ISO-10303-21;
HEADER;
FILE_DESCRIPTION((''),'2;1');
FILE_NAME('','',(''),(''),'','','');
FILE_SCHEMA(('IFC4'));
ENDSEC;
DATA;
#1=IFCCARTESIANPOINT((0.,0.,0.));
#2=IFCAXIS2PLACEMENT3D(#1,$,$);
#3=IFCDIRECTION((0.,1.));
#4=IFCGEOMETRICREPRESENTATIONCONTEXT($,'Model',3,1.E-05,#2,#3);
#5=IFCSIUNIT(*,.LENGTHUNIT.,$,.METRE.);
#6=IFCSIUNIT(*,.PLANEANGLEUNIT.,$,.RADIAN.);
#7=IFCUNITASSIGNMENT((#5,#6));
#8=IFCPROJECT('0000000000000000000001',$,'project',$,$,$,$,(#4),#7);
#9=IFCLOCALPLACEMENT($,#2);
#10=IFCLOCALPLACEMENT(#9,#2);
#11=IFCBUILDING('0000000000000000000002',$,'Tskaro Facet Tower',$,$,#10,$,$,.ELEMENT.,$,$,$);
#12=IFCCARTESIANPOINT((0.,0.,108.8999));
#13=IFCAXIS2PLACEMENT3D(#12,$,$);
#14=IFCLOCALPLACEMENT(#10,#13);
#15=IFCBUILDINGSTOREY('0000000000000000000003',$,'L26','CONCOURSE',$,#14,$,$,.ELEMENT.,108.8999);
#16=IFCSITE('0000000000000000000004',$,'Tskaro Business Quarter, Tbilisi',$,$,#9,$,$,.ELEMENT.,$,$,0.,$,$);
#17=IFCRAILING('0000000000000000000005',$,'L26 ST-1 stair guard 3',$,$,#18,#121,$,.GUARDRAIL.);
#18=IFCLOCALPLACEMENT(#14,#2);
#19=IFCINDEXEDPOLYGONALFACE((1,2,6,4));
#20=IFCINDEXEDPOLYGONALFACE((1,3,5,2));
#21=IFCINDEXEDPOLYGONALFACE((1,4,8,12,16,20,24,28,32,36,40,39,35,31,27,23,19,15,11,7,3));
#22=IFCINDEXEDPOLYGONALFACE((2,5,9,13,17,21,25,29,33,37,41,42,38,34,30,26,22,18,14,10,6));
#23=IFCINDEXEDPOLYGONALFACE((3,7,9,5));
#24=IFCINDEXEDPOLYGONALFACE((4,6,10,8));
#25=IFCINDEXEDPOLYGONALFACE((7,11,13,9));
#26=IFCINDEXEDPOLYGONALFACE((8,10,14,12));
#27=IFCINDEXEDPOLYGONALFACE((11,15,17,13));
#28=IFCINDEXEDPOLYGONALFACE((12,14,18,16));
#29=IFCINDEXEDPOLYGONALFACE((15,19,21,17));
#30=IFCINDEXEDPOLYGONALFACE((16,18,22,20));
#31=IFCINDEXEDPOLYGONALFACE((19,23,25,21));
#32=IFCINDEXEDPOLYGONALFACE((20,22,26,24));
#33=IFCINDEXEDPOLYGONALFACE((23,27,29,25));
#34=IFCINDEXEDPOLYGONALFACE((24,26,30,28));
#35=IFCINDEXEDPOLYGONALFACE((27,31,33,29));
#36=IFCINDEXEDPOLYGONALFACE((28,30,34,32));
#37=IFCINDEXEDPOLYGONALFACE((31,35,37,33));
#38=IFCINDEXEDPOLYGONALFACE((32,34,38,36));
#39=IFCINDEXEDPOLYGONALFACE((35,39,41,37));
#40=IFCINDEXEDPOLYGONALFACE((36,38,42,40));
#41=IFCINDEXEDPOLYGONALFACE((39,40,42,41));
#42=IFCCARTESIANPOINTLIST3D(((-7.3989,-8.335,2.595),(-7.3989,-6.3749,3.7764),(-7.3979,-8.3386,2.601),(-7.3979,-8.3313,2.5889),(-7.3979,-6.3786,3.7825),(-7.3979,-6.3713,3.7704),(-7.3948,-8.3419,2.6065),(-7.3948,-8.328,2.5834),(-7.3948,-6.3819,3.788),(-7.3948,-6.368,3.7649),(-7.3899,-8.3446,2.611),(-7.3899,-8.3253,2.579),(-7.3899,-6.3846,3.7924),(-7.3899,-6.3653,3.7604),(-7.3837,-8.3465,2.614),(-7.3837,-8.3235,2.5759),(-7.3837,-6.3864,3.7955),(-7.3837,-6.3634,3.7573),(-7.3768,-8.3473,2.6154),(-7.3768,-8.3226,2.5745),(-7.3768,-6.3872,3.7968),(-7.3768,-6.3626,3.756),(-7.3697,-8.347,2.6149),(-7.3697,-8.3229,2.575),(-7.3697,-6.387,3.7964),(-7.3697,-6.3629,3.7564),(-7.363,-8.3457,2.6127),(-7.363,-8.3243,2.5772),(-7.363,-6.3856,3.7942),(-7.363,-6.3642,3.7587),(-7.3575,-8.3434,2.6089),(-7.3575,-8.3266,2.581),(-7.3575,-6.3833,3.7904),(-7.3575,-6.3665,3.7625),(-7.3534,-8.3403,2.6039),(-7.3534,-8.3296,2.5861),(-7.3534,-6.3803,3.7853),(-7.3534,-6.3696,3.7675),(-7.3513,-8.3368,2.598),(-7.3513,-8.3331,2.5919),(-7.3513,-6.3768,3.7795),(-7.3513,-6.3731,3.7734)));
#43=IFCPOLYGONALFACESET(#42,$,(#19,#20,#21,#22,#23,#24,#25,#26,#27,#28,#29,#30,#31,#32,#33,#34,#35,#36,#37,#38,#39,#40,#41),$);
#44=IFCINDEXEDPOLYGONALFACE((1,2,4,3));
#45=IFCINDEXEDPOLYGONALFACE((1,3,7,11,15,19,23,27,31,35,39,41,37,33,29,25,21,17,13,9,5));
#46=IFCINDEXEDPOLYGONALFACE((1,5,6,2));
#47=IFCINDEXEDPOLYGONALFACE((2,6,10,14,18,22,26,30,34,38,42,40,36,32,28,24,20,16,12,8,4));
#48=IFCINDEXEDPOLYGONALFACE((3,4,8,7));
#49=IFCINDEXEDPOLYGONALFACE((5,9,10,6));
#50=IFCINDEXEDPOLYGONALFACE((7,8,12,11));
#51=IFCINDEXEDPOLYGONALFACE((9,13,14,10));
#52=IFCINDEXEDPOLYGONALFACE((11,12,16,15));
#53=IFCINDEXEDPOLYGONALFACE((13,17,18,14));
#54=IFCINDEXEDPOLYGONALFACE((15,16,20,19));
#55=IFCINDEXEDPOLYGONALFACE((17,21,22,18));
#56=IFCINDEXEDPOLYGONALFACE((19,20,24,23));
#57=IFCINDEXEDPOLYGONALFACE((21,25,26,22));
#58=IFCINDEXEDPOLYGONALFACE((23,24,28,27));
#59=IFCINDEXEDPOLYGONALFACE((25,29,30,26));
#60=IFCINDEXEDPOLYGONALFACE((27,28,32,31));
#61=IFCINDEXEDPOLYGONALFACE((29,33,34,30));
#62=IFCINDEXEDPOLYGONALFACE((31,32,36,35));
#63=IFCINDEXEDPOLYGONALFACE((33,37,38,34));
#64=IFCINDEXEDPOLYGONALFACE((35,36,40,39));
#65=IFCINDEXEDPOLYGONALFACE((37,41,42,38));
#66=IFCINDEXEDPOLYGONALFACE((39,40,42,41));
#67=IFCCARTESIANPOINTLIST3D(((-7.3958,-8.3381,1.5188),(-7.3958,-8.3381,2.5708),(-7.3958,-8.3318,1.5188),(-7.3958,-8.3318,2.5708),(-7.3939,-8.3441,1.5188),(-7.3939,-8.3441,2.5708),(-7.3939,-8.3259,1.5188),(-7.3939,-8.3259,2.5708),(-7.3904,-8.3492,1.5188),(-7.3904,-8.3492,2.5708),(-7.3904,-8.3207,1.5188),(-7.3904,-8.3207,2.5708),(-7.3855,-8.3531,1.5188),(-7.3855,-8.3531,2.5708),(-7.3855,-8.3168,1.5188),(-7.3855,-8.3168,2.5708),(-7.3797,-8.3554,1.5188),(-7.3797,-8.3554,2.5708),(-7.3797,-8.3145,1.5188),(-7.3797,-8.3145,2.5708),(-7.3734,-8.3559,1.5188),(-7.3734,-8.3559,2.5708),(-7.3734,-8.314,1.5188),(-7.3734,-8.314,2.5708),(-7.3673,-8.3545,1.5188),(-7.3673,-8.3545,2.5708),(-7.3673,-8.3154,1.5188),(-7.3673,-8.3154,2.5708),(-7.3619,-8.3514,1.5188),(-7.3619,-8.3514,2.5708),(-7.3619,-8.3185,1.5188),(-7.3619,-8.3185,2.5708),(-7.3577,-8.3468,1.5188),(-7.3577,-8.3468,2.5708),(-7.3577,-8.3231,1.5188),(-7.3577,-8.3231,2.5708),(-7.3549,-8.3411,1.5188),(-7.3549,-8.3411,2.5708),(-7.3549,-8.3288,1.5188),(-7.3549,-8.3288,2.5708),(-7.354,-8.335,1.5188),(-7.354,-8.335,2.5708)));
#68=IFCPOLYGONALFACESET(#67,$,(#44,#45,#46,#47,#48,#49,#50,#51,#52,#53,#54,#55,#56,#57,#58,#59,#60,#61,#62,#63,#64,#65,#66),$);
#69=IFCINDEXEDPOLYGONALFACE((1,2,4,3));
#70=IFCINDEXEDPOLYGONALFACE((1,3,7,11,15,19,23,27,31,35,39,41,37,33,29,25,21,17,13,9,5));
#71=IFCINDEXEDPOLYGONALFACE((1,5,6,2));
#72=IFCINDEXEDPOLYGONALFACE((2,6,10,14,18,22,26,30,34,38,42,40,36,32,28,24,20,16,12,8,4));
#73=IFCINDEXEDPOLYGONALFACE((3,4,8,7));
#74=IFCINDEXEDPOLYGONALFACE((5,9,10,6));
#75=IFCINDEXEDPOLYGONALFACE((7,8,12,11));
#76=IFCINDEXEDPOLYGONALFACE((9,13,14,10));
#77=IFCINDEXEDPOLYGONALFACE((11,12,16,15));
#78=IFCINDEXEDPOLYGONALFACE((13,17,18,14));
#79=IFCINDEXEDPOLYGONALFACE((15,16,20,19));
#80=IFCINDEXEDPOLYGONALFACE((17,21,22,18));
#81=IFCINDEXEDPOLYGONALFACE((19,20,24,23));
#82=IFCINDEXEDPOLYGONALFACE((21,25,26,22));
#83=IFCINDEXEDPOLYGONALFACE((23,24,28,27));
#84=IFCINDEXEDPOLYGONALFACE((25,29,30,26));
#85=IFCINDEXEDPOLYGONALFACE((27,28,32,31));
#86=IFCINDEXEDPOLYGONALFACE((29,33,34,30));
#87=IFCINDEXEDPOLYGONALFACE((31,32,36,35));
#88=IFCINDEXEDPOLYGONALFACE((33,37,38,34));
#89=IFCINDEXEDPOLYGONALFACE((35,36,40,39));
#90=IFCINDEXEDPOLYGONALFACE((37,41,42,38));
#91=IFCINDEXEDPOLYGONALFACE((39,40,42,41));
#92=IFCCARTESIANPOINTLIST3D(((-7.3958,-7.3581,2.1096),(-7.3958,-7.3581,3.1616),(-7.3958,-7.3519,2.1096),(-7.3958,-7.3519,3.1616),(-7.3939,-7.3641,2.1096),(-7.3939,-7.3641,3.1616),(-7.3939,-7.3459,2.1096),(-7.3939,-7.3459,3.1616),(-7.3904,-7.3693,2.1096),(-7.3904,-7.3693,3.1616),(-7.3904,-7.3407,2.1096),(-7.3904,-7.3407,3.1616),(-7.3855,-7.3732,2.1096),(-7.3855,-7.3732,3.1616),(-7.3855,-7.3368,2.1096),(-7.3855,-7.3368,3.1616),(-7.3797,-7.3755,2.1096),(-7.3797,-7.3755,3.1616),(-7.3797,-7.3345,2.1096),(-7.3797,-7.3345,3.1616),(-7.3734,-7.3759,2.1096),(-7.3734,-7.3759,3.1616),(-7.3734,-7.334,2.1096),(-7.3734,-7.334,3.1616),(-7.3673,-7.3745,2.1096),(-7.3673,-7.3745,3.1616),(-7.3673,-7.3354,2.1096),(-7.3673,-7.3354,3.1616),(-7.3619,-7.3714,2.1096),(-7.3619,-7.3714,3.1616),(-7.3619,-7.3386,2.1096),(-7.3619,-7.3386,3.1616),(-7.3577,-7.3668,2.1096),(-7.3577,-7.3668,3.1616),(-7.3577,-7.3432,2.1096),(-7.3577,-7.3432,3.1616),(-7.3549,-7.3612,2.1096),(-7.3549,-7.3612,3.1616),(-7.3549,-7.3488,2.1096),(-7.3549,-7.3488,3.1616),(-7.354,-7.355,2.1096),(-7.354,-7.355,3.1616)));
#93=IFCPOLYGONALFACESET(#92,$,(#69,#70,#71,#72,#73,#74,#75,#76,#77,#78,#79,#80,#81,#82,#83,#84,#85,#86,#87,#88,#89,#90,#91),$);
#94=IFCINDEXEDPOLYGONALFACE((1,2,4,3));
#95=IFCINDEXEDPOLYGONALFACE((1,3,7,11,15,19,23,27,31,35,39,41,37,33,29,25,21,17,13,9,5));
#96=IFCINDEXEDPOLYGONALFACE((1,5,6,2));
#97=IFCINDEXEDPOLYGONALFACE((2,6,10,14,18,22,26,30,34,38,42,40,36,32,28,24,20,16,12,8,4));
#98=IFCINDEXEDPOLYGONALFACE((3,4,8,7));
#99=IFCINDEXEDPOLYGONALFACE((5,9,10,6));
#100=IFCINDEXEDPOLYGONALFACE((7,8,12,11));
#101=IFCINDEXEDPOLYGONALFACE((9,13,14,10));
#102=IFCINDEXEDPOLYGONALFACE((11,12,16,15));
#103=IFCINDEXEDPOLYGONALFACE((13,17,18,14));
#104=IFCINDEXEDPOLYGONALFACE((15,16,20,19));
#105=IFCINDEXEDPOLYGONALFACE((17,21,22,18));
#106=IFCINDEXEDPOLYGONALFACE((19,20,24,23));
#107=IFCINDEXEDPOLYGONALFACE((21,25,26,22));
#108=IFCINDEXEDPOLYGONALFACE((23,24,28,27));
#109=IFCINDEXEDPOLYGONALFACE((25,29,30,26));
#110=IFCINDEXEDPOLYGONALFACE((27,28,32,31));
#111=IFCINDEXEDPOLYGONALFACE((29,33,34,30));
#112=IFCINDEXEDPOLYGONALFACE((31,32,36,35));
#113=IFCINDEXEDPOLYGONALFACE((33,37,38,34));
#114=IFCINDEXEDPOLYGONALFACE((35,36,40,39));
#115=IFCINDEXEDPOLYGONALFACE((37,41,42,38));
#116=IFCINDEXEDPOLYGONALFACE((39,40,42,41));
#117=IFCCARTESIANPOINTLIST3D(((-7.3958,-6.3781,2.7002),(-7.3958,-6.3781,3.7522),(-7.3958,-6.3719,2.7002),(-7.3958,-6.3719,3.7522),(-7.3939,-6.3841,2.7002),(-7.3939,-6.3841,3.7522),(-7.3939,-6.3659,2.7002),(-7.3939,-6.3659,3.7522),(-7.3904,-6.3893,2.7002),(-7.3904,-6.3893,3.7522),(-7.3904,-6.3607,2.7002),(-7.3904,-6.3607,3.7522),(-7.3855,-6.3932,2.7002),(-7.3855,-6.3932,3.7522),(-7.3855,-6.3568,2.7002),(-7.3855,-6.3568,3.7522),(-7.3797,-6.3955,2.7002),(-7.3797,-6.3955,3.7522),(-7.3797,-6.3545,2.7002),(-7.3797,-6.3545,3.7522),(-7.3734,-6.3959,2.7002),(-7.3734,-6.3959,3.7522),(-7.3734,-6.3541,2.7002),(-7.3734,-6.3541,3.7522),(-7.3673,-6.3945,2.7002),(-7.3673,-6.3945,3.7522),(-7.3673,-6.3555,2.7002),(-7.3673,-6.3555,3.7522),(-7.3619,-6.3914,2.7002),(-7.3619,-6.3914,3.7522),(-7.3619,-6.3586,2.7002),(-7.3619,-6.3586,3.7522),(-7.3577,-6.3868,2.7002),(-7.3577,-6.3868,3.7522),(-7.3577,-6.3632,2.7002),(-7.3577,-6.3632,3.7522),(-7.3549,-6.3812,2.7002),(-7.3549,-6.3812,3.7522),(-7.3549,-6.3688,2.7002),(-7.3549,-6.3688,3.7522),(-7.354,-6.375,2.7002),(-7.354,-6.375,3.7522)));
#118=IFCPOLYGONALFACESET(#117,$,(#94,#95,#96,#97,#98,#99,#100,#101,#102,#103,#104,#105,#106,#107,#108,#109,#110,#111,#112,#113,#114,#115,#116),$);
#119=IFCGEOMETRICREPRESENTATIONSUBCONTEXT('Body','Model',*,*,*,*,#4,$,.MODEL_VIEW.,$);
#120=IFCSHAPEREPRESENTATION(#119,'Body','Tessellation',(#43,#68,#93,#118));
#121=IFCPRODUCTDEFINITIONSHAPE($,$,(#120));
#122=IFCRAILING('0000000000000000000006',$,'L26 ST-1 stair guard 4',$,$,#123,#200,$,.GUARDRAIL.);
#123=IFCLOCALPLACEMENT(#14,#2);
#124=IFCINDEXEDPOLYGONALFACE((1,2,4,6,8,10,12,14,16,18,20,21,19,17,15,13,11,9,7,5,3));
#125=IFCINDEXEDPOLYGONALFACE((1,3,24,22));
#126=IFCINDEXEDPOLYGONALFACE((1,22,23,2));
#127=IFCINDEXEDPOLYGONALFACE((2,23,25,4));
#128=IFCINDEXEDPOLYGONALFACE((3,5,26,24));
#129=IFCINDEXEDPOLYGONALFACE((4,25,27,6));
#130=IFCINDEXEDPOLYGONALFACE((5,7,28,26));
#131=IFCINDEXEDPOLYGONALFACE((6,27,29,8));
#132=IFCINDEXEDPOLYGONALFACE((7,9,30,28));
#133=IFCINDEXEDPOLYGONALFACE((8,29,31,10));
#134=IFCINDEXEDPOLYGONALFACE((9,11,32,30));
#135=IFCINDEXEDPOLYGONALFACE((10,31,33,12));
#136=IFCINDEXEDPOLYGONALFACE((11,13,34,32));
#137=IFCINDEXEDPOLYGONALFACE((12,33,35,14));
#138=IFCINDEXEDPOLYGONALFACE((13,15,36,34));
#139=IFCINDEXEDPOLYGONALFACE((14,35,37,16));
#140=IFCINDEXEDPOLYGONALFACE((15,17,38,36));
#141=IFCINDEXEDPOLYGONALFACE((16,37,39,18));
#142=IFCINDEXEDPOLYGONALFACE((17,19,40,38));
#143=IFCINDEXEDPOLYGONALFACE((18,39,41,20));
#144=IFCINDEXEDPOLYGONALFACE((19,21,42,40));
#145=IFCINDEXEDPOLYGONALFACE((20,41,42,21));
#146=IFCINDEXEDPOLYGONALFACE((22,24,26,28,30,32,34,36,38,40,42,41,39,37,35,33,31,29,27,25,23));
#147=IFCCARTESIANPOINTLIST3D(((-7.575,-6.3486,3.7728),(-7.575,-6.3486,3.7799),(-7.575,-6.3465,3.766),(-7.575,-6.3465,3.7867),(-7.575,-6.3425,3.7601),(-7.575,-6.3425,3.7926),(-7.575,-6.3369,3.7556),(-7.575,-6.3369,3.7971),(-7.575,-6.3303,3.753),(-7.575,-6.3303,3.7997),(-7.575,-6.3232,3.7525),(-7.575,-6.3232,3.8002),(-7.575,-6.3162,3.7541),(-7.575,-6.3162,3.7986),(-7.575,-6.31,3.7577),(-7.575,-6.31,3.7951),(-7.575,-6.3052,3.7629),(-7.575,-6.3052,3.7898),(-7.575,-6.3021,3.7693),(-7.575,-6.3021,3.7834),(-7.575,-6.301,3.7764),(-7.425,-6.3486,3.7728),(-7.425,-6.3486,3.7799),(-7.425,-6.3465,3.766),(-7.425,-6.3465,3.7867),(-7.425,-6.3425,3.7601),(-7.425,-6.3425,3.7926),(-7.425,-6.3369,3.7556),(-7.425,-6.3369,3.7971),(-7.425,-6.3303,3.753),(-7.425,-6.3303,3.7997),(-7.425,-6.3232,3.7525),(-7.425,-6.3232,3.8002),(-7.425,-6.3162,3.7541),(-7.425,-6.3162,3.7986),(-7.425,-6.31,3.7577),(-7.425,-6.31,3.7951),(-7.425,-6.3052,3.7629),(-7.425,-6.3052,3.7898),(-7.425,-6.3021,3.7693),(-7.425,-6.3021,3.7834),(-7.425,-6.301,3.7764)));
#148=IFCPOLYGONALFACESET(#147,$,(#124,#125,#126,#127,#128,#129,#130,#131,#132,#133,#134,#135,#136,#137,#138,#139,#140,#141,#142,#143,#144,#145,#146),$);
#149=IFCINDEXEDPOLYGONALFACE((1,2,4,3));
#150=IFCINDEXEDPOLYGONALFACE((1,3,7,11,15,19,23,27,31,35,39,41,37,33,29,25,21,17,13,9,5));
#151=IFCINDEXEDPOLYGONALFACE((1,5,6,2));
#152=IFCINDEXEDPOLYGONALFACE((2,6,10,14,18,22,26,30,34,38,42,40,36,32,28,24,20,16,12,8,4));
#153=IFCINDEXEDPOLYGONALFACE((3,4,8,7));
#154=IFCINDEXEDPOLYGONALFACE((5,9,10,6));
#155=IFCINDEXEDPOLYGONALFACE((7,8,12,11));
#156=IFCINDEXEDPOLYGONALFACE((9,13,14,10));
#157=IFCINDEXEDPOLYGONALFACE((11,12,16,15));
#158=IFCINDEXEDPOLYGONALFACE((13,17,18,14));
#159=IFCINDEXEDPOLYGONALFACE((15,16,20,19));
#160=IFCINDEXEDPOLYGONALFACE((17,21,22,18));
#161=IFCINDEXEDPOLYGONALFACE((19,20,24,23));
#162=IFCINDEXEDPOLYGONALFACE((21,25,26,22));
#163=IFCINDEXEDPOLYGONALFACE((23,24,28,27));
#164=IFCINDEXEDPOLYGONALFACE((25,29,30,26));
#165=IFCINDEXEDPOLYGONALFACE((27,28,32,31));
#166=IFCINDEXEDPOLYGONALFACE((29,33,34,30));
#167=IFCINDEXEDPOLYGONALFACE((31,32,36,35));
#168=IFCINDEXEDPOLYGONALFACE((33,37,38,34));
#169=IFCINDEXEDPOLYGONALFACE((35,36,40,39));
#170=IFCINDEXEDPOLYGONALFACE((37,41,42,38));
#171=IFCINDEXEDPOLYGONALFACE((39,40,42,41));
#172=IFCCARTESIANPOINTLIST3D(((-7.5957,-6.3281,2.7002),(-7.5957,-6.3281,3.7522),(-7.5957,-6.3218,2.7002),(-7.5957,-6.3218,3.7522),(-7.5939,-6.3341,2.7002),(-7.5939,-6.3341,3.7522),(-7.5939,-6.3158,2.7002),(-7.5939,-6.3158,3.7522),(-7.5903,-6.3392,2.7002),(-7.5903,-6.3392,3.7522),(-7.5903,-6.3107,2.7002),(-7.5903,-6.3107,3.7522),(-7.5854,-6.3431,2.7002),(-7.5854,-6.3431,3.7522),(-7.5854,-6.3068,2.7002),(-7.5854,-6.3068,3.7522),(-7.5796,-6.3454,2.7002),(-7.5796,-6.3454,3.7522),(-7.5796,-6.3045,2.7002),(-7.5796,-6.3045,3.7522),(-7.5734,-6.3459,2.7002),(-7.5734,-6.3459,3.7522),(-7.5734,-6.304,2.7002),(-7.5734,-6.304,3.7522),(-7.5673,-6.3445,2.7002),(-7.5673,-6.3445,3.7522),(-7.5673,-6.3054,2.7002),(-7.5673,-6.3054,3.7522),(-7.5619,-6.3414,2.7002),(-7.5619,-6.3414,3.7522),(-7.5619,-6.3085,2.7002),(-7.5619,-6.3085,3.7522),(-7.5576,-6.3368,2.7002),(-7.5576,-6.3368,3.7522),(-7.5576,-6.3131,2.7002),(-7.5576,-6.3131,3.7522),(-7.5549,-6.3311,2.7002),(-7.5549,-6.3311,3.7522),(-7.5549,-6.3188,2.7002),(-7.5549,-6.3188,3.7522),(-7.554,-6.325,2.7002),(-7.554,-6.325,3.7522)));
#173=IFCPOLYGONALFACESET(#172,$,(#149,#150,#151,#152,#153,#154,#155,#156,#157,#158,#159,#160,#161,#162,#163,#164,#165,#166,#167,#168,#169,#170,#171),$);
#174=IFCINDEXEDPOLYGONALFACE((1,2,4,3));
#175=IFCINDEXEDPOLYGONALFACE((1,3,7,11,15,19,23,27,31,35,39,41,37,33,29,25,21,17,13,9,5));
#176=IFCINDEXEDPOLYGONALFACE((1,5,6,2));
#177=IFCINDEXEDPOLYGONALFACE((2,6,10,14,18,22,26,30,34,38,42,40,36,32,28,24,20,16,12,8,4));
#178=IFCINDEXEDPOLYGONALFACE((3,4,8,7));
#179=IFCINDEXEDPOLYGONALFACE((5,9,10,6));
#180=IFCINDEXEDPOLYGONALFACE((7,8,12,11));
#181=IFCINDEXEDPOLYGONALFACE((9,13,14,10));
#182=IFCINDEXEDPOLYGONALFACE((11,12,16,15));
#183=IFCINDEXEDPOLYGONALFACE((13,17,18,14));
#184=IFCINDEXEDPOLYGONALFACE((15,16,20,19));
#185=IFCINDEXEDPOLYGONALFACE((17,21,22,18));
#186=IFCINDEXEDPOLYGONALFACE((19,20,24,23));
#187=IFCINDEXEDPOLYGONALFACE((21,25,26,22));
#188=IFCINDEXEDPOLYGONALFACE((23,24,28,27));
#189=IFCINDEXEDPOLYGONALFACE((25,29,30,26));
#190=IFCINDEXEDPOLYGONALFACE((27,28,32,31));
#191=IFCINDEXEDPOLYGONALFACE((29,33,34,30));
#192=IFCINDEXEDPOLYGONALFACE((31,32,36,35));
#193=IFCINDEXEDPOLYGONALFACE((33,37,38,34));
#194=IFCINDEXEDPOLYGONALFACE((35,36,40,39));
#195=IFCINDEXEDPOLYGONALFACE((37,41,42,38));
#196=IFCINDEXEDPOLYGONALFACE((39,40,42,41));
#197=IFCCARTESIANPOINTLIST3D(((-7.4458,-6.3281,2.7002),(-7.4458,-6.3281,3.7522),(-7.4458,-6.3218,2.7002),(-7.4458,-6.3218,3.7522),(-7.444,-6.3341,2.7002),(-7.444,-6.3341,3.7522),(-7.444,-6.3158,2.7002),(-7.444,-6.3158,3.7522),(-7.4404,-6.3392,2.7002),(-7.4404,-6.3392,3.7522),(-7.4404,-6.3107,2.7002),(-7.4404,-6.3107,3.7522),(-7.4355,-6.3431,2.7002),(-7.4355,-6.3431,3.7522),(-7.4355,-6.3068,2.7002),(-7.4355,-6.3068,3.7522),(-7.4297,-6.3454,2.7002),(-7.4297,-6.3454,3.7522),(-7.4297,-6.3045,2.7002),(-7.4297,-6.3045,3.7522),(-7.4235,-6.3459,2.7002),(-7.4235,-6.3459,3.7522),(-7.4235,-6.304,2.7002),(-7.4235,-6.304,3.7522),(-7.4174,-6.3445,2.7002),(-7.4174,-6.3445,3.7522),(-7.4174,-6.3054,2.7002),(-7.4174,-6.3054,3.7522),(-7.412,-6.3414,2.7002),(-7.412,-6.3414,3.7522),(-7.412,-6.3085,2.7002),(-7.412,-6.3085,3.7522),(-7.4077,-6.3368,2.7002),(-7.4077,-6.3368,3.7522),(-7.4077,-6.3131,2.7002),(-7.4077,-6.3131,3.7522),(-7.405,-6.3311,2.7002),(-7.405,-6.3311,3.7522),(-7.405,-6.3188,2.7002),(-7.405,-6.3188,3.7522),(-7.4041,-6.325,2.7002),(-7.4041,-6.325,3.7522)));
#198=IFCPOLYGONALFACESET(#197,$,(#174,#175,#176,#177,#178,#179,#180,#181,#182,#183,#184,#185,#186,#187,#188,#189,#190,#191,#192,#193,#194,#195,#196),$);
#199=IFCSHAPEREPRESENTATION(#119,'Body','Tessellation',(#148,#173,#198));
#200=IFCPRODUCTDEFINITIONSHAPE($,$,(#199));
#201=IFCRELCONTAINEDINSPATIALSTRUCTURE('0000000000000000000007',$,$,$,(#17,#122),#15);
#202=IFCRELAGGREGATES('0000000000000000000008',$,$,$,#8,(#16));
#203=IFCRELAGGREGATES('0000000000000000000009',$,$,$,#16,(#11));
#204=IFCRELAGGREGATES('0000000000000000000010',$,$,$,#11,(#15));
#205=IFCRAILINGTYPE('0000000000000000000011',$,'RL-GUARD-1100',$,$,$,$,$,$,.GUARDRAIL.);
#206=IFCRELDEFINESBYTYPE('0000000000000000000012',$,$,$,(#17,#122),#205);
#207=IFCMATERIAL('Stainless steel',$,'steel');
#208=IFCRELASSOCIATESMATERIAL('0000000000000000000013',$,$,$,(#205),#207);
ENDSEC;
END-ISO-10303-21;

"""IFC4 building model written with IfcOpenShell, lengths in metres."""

from ifc_helpers import new_model, si_unit, direction, frame, origin, origin_2d, place, context, subcontext, project, spatial, circle, extrude, material, type_object, element, save


model = new_model("IFC4")

# Units and contexts
model_context = context("Model", 3, precision=1e-05, world=origin(), true_north=direction((0.0, 1.0)))
body_context = subcontext(model_context, "Body", "Model", "MODEL_VIEW")
ifc_project = project(units=[si_unit("LENGTHUNIT", "METRE"), si_unit("PLANEANGLEUNIT", "RADIAN")], contexts=[model_context])

# Site, building, storey
site_placement = place(None, origin())
site = spatial("IfcSite", under=ifc_project, at=site_placement, Name="Tskaro Business Quarter, Tbilisi", CompositionType="ELEMENT", RefElevation=0.0)
building_placement = place(site_placement, origin())
building = spatial("IfcBuilding", under=site, at=building_placement, Name="Tskaro Facet Tower", CompositionType="ELEMENT")
storey_placement = place(building_placement, frame((0.0, 0.0, 108.8999)))
storey = spatial("IfcBuildingStorey", under=building, at=storey_placement, Name="L26", Description="CONCOURSE", CompositionType="ELEMENT", Elevation=108.8999)

# Shared definitions
ifc_material_1 = material(Name="Stainless steel", Category="steel")

# Railings
railing_type_1 = type_object("IfcRailingType", Name="RL-GUARD-1100", PredefinedType="GUARDRAIL", material=ifc_material_1)
railing_1_placement = place(storey_placement, frame((-7.375, -8.335, 1.5188)))
element("IfcRailing", 1, at=railing_1_placement, inside=storey, type_object=railing_type_1, Name="L26 ST-1 stair guard 3", PredefinedType="GUARDRAIL", context=body_context, shape_type="SweptSolid", body=[
    extrude(circle(Radius=0.0239, at=origin_2d()), frame((0.0, 0.0, 1.0762), z_axis=(0.0, 0.856446, 0.516236), x_axis=(-1.0, 0.0, 0.0)), (0.0, 0.0, 1.0), 2.2886),
    extrude(circle(Radius=0.021, at=origin_2d()), origin(), (0.0, 0.0, 1.0), 1.052),
    extrude(circle(Radius=0.021, at=origin_2d()), frame((0.0, 0.98, 0.5908)), (0.0, 0.0, 1.0), 1.052),
    extrude(circle(Radius=0.021, at=origin_2d()), frame((0.0, 1.96, 1.1814)), (0.0, 0.0, 1.0), 1.052),
])
railing_2_placement = place(storey_placement, frame((-7.575, -6.325, 2.7002)))
element("IfcRailing", 2, at=railing_2_placement, inside=storey, type_object=railing_type_1, Name="L26 ST-1 stair guard 4", PredefinedType="GUARDRAIL", context=body_context, shape_type="SweptSolid", body=[
    extrude(circle(Radius=0.0239, at=origin_2d()), frame((0.0, 0.0, 1.0762), z_axis=(1.0, 0.0, 0.0), x_axis=(0.0, 1.0, 0.0)), (0.0, 0.0, 1.0), 0.1499),
    extrude(circle(Radius=0.021, at=origin_2d()), origin(), (0.0, 0.0, 1.0), 1.052),
    extrude(circle(Radius=0.021, at=origin_2d()), frame((0.1499, 0.0, 0.0)), (0.0, 0.0, 1.0), 1.052),
])

save(model, "model.ifc")
